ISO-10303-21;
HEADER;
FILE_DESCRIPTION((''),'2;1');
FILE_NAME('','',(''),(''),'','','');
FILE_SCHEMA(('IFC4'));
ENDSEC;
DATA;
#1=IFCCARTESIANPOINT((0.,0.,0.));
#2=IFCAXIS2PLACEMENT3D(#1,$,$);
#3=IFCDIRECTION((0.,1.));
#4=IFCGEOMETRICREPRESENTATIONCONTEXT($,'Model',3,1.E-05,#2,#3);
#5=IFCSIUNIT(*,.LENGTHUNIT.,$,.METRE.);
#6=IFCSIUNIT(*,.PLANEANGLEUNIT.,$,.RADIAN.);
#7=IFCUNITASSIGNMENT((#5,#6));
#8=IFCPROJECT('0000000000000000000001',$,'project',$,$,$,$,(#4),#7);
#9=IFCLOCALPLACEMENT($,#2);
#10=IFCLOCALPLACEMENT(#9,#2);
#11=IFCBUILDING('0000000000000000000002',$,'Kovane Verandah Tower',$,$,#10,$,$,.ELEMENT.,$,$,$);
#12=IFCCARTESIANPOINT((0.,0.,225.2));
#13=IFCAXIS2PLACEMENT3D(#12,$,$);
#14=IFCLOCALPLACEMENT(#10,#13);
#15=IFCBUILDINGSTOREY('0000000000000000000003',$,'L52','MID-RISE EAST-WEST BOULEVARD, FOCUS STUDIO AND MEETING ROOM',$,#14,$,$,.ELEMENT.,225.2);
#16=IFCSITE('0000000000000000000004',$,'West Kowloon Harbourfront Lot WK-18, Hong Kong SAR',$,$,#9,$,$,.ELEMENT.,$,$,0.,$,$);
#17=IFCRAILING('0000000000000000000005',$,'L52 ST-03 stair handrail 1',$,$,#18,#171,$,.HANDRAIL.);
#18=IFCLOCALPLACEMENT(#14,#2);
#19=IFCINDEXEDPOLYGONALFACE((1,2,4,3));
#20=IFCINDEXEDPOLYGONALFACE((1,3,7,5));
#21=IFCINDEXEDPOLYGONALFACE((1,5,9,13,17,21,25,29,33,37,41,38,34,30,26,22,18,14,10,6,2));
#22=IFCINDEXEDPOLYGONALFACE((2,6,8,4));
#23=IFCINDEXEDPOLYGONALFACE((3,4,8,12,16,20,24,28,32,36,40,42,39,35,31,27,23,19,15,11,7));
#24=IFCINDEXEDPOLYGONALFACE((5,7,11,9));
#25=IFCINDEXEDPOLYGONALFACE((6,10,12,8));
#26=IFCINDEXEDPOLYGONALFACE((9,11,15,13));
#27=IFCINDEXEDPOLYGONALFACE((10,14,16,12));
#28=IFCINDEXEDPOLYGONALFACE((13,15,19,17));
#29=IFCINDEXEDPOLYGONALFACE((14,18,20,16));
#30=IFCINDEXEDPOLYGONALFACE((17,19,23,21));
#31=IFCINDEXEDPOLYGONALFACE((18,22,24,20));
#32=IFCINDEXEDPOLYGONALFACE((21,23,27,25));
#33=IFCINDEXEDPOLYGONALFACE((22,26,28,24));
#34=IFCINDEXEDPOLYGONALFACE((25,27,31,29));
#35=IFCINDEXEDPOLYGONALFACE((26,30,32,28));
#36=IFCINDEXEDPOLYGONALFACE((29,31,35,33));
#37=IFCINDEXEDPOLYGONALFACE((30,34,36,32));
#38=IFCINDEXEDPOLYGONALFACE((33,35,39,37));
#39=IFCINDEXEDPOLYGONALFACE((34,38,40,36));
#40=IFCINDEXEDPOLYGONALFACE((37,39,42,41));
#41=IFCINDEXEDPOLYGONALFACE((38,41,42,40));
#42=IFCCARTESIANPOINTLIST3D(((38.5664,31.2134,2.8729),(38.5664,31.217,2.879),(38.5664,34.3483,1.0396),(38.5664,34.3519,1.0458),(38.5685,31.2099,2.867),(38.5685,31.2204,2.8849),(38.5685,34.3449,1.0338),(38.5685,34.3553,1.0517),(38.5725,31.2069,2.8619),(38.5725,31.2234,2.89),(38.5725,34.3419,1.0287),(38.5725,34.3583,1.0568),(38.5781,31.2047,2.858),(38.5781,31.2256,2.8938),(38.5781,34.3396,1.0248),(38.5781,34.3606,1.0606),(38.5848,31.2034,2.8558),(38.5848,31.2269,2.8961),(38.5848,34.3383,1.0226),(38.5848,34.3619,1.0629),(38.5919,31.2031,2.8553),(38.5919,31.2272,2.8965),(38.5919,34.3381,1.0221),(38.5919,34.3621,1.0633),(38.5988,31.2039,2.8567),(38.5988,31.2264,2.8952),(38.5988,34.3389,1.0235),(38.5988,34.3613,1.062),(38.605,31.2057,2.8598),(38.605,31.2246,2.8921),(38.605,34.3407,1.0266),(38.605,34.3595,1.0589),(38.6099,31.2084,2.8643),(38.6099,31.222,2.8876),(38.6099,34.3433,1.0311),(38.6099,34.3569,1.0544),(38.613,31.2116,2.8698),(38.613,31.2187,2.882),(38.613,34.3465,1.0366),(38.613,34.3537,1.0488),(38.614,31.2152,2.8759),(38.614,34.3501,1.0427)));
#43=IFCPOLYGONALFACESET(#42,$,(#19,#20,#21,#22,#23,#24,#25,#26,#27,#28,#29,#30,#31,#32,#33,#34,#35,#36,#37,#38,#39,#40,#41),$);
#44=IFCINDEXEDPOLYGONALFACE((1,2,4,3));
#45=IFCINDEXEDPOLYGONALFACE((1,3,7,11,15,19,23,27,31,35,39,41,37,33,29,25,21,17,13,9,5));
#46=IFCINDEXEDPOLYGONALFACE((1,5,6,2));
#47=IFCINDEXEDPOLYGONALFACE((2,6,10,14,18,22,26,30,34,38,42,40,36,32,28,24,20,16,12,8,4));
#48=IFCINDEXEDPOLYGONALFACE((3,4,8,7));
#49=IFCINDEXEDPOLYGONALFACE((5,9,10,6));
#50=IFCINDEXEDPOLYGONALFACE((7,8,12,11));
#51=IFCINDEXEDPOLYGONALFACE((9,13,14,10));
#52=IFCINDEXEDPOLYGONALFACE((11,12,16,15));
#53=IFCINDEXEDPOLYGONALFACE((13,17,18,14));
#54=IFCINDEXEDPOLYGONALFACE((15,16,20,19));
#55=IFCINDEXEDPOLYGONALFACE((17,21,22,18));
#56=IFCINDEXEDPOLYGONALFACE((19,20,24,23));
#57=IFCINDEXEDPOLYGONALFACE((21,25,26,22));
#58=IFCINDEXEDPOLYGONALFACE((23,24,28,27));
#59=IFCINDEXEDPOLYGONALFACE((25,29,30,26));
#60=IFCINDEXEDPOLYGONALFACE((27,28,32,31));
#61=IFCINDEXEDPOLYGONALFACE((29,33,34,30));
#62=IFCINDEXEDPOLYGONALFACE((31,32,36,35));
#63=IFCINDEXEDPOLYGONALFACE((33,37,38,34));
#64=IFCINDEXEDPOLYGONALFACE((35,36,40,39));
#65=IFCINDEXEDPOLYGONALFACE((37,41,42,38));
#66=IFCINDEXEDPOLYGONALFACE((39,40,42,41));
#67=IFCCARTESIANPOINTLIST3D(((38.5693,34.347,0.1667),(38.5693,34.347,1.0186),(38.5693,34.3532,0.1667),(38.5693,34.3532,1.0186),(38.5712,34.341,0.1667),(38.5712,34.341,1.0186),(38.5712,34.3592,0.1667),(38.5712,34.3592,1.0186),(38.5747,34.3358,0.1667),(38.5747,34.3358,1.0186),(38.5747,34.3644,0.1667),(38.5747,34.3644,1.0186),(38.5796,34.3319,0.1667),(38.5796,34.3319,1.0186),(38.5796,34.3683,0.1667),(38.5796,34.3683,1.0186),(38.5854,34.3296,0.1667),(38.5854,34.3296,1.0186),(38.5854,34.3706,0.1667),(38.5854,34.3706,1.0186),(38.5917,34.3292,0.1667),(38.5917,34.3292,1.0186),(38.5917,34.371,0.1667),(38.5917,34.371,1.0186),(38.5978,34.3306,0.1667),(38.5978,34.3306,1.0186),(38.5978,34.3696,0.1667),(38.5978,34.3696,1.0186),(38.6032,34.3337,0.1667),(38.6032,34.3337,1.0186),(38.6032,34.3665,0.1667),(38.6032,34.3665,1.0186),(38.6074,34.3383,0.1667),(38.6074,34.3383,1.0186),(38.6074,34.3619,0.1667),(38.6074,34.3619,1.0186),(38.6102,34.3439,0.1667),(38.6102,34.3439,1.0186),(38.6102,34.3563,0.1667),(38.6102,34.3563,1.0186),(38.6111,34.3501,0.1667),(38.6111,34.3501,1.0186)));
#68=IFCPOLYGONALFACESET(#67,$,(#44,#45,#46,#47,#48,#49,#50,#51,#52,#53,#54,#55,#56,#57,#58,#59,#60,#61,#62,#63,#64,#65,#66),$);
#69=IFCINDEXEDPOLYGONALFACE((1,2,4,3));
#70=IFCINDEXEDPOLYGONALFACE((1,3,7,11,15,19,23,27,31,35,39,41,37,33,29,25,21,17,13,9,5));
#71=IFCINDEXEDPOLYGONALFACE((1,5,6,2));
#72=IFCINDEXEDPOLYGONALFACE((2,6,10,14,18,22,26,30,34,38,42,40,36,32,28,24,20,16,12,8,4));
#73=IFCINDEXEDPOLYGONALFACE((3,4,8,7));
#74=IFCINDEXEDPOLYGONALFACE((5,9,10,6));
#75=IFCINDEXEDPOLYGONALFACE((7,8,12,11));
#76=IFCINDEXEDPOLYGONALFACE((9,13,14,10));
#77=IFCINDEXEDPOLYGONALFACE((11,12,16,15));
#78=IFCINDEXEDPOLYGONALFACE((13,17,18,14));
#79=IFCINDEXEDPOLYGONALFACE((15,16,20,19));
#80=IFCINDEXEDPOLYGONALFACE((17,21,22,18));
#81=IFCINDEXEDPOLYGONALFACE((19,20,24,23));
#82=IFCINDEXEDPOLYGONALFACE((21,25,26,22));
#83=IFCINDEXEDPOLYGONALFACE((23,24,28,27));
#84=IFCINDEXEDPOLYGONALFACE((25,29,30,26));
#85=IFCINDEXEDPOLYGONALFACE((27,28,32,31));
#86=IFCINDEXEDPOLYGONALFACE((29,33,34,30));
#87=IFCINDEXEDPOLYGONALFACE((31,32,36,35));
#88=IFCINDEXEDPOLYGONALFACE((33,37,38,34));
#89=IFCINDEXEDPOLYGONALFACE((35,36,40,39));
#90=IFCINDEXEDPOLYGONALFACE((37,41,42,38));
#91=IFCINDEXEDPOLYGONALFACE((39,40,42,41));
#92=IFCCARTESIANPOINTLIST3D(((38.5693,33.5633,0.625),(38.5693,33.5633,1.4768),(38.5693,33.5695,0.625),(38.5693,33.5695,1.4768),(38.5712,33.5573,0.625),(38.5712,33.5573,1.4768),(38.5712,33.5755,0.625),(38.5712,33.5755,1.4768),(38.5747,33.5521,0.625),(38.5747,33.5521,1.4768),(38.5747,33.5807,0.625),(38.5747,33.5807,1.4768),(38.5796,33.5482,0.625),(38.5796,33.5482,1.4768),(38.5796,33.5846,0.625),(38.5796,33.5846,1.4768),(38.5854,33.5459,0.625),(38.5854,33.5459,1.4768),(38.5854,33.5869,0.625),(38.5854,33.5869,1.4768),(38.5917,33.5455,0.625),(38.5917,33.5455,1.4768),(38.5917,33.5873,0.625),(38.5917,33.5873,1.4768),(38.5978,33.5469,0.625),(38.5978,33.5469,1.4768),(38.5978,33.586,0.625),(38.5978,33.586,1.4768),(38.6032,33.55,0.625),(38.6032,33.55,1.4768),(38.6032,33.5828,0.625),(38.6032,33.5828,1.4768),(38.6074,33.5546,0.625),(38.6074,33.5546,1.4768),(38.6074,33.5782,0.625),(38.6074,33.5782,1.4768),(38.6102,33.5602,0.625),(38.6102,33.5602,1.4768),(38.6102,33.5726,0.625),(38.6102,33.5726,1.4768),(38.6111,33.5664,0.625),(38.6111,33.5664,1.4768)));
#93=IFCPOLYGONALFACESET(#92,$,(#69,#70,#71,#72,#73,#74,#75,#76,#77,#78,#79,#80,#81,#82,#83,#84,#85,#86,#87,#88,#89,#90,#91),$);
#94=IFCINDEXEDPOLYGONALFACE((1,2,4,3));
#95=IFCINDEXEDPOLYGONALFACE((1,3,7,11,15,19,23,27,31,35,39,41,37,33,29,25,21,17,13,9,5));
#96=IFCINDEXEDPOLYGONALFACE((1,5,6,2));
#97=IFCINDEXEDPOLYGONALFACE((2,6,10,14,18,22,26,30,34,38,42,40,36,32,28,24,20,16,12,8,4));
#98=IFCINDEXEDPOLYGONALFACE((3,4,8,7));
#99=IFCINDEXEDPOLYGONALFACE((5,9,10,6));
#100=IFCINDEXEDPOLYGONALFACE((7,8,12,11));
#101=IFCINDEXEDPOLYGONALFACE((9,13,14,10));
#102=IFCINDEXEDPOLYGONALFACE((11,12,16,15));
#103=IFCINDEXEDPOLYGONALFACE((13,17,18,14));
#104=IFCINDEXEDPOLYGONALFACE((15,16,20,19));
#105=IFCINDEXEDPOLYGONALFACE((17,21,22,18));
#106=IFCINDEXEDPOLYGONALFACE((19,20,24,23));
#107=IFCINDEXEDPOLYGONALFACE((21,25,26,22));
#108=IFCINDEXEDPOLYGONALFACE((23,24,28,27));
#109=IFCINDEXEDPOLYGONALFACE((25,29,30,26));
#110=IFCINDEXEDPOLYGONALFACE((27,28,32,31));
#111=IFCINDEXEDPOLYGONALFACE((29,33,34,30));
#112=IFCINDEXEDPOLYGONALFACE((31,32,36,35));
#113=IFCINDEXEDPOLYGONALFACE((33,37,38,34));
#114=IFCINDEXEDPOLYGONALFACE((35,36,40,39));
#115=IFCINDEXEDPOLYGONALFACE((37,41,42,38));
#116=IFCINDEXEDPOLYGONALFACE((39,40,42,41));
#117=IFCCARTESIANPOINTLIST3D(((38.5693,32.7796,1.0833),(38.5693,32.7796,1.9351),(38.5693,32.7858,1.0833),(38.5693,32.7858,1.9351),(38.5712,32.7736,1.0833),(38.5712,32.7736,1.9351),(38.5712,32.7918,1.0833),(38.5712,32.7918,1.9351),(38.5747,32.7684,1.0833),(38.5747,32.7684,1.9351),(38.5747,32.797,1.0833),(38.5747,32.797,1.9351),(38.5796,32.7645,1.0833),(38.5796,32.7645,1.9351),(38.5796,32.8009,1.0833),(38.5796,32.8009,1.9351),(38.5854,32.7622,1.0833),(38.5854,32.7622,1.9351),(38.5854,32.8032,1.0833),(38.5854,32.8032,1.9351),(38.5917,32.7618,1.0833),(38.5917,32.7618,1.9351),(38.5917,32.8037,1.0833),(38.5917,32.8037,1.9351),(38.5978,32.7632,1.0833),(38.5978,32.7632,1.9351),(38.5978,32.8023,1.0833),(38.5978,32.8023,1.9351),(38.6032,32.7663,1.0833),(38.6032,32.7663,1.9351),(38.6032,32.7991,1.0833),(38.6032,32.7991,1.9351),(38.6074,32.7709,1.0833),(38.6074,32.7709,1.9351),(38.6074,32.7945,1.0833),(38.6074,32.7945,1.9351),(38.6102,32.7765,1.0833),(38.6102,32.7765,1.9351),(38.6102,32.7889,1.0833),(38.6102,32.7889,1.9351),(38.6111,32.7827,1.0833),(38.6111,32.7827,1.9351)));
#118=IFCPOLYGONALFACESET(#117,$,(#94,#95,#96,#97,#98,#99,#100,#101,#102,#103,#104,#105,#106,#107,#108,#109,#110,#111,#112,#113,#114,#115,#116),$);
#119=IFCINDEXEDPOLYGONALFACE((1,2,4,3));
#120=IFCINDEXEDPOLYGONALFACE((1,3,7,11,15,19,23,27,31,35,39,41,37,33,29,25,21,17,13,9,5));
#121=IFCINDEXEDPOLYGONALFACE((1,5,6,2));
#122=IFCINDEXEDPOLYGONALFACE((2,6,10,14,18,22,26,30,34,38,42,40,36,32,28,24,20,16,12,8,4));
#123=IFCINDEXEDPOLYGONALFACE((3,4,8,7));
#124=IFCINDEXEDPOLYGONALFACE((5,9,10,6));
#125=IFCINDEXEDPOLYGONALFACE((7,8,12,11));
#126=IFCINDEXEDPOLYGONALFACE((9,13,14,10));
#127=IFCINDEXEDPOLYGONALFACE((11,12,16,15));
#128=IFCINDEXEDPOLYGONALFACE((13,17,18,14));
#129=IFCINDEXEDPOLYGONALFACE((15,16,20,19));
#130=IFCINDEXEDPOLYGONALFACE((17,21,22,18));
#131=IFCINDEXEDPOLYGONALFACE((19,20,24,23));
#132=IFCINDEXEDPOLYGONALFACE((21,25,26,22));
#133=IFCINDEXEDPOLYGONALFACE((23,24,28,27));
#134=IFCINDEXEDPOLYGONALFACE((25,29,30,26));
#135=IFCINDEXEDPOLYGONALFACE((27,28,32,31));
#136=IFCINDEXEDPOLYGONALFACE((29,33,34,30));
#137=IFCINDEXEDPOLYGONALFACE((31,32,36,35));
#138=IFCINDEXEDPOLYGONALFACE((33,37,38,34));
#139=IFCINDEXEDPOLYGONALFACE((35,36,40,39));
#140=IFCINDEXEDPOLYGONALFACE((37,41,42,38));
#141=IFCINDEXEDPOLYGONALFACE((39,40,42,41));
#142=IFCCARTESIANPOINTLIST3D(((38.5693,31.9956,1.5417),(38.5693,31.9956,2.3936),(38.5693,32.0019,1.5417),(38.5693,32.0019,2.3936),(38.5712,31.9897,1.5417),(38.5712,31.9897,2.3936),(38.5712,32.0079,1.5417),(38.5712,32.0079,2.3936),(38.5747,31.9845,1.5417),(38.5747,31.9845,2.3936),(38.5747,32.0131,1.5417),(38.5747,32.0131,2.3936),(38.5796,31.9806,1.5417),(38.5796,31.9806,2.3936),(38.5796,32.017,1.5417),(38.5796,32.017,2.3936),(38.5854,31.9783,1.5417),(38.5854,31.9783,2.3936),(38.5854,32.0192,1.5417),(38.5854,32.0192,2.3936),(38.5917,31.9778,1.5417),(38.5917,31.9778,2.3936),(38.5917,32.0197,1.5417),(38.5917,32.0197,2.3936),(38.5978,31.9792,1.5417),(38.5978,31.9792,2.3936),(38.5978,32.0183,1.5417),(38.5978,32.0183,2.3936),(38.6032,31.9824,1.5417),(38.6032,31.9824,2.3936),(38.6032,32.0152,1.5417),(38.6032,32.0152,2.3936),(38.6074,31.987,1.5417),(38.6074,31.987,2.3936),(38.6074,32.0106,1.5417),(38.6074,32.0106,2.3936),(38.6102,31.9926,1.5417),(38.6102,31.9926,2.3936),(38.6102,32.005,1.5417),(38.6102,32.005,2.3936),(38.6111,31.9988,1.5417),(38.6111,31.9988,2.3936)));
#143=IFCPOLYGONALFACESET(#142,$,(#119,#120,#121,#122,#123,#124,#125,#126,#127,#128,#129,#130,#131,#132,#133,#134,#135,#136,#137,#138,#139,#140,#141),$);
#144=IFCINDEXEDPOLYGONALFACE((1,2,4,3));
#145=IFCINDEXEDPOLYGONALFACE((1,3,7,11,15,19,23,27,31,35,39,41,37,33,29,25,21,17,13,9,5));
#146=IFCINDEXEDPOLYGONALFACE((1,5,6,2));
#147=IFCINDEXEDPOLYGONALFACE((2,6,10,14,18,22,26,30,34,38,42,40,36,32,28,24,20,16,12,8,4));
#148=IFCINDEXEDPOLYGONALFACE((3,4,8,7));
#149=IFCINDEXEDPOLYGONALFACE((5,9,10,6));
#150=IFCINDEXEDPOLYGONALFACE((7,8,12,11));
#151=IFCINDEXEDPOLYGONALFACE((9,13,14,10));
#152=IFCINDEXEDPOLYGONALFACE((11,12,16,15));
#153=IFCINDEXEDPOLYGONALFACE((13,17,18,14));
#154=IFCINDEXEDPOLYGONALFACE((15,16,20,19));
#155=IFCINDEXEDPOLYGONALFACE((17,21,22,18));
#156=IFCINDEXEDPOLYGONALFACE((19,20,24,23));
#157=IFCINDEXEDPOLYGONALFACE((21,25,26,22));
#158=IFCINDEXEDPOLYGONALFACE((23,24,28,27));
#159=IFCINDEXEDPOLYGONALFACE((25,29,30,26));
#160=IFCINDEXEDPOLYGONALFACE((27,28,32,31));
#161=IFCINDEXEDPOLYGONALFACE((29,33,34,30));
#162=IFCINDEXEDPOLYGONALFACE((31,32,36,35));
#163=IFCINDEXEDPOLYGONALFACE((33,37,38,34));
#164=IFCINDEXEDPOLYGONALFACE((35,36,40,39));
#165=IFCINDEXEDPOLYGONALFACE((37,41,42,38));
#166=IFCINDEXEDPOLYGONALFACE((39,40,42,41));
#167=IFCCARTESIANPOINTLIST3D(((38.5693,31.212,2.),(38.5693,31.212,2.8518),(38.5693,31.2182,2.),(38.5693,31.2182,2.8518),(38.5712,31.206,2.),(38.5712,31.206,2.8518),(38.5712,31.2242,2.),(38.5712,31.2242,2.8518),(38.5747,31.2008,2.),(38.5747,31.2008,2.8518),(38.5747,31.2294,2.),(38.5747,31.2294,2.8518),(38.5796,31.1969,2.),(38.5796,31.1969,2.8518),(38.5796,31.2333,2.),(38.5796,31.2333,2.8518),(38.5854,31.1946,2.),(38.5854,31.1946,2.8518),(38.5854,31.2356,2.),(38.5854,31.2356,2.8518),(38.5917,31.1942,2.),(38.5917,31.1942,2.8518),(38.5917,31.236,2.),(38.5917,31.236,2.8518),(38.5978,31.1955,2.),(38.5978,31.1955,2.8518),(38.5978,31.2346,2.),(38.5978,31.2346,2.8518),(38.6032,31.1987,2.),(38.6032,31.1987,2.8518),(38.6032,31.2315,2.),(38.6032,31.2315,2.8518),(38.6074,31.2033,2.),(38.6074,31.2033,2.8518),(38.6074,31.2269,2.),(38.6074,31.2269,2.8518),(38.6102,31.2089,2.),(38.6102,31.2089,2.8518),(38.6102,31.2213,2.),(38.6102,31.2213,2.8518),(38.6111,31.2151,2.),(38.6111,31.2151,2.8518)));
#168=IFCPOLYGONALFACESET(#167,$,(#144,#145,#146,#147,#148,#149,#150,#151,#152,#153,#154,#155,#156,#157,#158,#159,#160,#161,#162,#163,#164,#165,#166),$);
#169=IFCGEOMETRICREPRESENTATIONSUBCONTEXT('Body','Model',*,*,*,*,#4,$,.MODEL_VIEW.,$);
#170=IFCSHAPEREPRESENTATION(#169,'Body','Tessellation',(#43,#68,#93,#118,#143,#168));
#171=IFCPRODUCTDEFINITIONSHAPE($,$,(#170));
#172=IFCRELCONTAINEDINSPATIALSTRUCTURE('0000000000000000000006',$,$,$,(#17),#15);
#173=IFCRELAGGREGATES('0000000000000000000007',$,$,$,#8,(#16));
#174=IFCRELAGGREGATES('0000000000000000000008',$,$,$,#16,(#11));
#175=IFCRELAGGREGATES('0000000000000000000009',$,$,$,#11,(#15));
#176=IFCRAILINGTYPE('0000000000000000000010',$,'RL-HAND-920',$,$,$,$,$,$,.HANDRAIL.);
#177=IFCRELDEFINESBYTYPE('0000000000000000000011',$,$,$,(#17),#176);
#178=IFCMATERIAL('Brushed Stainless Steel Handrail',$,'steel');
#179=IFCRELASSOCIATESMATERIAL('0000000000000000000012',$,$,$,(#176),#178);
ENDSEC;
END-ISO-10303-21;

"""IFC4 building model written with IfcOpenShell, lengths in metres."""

from ifc_helpers import new_model, si_unit, direction, frame, origin, origin_2d, place, context, subcontext, project, spatial, circle, extrude, material, type_object, element, save


model = new_model("IFC4")

# Units and contexts
model_context = context("Model", 3, precision=1e-05, world=origin(), true_north=direction((0.0, 1.0)))
body_context = subcontext(model_context, "Body", "Model", "MODEL_VIEW")
ifc_project = project(units=[si_unit("LENGTHUNIT", "METRE"), si_unit("PLANEANGLEUNIT", "RADIAN")], contexts=[model_context])

# Site, building, storey
site_placement = place(None, origin())
site = spatial("IfcSite", under=ifc_project, at=site_placement, Name="West Kowloon Harbourfront Lot WK-18, Hong Kong SAR", CompositionType="ELEMENT", RefElevation=0.0)
building_placement = place(site_placement, origin())
building = spatial("IfcBuilding", under=site, at=building_placement, Name="Kovane Verandah Tower", CompositionType="ELEMENT")
storey_placement = place(building_placement, frame((0.0, 0.0, 225.2)))
storey = spatial("IfcBuildingStorey", under=building, at=storey_placement, Name="L52", Description="MID-RISE EAST-WEST BOULEVARD, FOCUS STUDIO AND MEETING ROOM", CompositionType="ELEMENT", Elevation=225.2)

# Railing
ifc_material_1 = material(Name="Brushed Stainless Steel Handrail", Category="steel")
railing_type_1 = type_object("IfcRailingType", Name="RL-HAND-920", PredefinedType="HANDRAIL", material=ifc_material_1)
railing_1_placement = place(storey_placement, frame((38.5901, 34.3501, 0.1667)))
element("IfcRailing", 1, at=railing_1_placement, inside=storey, type_object=railing_type_1, Name="L52 ST-03 stair handrail 1", PredefinedType="HANDRAIL", context=body_context, shape_type="SweptSolid", body=[
    extrude(circle(Radius=0.0239, at=origin_2d()), frame((0.0, 0.0, 0.876), z_axis=(0.0, -0.86324, 0.504794), x_axis=(1.0, 0.0, 0.0)), (0.0, 0.0, 1.0), 3.6316),
    extrude(circle(Radius=0.021, at=origin_2d()), origin(), (0.0, 0.0, 1.0), 0.8518),
    extrude(circle(Radius=0.021, at=origin_2d()), frame((0.0, -0.7837, 0.4583)), (0.0, 0.0, 1.0), 0.8518),
    extrude(circle(Radius=0.021, at=origin_2d()), frame((0.0, -1.5674, 0.9165)), (0.0, 0.0, 1.0), 0.8518),
    extrude(circle(Radius=0.021, at=origin_2d()), frame((0.0, -2.3513, 1.375)), (0.0, 0.0, 1.0), 0.8518),
    extrude(circle(Radius=0.021, at=origin_2d()), frame((0.0, -3.135, 1.8333)), (0.0, 0.0, 1.0), 0.8518),
])

save(model, "model.ifc")
